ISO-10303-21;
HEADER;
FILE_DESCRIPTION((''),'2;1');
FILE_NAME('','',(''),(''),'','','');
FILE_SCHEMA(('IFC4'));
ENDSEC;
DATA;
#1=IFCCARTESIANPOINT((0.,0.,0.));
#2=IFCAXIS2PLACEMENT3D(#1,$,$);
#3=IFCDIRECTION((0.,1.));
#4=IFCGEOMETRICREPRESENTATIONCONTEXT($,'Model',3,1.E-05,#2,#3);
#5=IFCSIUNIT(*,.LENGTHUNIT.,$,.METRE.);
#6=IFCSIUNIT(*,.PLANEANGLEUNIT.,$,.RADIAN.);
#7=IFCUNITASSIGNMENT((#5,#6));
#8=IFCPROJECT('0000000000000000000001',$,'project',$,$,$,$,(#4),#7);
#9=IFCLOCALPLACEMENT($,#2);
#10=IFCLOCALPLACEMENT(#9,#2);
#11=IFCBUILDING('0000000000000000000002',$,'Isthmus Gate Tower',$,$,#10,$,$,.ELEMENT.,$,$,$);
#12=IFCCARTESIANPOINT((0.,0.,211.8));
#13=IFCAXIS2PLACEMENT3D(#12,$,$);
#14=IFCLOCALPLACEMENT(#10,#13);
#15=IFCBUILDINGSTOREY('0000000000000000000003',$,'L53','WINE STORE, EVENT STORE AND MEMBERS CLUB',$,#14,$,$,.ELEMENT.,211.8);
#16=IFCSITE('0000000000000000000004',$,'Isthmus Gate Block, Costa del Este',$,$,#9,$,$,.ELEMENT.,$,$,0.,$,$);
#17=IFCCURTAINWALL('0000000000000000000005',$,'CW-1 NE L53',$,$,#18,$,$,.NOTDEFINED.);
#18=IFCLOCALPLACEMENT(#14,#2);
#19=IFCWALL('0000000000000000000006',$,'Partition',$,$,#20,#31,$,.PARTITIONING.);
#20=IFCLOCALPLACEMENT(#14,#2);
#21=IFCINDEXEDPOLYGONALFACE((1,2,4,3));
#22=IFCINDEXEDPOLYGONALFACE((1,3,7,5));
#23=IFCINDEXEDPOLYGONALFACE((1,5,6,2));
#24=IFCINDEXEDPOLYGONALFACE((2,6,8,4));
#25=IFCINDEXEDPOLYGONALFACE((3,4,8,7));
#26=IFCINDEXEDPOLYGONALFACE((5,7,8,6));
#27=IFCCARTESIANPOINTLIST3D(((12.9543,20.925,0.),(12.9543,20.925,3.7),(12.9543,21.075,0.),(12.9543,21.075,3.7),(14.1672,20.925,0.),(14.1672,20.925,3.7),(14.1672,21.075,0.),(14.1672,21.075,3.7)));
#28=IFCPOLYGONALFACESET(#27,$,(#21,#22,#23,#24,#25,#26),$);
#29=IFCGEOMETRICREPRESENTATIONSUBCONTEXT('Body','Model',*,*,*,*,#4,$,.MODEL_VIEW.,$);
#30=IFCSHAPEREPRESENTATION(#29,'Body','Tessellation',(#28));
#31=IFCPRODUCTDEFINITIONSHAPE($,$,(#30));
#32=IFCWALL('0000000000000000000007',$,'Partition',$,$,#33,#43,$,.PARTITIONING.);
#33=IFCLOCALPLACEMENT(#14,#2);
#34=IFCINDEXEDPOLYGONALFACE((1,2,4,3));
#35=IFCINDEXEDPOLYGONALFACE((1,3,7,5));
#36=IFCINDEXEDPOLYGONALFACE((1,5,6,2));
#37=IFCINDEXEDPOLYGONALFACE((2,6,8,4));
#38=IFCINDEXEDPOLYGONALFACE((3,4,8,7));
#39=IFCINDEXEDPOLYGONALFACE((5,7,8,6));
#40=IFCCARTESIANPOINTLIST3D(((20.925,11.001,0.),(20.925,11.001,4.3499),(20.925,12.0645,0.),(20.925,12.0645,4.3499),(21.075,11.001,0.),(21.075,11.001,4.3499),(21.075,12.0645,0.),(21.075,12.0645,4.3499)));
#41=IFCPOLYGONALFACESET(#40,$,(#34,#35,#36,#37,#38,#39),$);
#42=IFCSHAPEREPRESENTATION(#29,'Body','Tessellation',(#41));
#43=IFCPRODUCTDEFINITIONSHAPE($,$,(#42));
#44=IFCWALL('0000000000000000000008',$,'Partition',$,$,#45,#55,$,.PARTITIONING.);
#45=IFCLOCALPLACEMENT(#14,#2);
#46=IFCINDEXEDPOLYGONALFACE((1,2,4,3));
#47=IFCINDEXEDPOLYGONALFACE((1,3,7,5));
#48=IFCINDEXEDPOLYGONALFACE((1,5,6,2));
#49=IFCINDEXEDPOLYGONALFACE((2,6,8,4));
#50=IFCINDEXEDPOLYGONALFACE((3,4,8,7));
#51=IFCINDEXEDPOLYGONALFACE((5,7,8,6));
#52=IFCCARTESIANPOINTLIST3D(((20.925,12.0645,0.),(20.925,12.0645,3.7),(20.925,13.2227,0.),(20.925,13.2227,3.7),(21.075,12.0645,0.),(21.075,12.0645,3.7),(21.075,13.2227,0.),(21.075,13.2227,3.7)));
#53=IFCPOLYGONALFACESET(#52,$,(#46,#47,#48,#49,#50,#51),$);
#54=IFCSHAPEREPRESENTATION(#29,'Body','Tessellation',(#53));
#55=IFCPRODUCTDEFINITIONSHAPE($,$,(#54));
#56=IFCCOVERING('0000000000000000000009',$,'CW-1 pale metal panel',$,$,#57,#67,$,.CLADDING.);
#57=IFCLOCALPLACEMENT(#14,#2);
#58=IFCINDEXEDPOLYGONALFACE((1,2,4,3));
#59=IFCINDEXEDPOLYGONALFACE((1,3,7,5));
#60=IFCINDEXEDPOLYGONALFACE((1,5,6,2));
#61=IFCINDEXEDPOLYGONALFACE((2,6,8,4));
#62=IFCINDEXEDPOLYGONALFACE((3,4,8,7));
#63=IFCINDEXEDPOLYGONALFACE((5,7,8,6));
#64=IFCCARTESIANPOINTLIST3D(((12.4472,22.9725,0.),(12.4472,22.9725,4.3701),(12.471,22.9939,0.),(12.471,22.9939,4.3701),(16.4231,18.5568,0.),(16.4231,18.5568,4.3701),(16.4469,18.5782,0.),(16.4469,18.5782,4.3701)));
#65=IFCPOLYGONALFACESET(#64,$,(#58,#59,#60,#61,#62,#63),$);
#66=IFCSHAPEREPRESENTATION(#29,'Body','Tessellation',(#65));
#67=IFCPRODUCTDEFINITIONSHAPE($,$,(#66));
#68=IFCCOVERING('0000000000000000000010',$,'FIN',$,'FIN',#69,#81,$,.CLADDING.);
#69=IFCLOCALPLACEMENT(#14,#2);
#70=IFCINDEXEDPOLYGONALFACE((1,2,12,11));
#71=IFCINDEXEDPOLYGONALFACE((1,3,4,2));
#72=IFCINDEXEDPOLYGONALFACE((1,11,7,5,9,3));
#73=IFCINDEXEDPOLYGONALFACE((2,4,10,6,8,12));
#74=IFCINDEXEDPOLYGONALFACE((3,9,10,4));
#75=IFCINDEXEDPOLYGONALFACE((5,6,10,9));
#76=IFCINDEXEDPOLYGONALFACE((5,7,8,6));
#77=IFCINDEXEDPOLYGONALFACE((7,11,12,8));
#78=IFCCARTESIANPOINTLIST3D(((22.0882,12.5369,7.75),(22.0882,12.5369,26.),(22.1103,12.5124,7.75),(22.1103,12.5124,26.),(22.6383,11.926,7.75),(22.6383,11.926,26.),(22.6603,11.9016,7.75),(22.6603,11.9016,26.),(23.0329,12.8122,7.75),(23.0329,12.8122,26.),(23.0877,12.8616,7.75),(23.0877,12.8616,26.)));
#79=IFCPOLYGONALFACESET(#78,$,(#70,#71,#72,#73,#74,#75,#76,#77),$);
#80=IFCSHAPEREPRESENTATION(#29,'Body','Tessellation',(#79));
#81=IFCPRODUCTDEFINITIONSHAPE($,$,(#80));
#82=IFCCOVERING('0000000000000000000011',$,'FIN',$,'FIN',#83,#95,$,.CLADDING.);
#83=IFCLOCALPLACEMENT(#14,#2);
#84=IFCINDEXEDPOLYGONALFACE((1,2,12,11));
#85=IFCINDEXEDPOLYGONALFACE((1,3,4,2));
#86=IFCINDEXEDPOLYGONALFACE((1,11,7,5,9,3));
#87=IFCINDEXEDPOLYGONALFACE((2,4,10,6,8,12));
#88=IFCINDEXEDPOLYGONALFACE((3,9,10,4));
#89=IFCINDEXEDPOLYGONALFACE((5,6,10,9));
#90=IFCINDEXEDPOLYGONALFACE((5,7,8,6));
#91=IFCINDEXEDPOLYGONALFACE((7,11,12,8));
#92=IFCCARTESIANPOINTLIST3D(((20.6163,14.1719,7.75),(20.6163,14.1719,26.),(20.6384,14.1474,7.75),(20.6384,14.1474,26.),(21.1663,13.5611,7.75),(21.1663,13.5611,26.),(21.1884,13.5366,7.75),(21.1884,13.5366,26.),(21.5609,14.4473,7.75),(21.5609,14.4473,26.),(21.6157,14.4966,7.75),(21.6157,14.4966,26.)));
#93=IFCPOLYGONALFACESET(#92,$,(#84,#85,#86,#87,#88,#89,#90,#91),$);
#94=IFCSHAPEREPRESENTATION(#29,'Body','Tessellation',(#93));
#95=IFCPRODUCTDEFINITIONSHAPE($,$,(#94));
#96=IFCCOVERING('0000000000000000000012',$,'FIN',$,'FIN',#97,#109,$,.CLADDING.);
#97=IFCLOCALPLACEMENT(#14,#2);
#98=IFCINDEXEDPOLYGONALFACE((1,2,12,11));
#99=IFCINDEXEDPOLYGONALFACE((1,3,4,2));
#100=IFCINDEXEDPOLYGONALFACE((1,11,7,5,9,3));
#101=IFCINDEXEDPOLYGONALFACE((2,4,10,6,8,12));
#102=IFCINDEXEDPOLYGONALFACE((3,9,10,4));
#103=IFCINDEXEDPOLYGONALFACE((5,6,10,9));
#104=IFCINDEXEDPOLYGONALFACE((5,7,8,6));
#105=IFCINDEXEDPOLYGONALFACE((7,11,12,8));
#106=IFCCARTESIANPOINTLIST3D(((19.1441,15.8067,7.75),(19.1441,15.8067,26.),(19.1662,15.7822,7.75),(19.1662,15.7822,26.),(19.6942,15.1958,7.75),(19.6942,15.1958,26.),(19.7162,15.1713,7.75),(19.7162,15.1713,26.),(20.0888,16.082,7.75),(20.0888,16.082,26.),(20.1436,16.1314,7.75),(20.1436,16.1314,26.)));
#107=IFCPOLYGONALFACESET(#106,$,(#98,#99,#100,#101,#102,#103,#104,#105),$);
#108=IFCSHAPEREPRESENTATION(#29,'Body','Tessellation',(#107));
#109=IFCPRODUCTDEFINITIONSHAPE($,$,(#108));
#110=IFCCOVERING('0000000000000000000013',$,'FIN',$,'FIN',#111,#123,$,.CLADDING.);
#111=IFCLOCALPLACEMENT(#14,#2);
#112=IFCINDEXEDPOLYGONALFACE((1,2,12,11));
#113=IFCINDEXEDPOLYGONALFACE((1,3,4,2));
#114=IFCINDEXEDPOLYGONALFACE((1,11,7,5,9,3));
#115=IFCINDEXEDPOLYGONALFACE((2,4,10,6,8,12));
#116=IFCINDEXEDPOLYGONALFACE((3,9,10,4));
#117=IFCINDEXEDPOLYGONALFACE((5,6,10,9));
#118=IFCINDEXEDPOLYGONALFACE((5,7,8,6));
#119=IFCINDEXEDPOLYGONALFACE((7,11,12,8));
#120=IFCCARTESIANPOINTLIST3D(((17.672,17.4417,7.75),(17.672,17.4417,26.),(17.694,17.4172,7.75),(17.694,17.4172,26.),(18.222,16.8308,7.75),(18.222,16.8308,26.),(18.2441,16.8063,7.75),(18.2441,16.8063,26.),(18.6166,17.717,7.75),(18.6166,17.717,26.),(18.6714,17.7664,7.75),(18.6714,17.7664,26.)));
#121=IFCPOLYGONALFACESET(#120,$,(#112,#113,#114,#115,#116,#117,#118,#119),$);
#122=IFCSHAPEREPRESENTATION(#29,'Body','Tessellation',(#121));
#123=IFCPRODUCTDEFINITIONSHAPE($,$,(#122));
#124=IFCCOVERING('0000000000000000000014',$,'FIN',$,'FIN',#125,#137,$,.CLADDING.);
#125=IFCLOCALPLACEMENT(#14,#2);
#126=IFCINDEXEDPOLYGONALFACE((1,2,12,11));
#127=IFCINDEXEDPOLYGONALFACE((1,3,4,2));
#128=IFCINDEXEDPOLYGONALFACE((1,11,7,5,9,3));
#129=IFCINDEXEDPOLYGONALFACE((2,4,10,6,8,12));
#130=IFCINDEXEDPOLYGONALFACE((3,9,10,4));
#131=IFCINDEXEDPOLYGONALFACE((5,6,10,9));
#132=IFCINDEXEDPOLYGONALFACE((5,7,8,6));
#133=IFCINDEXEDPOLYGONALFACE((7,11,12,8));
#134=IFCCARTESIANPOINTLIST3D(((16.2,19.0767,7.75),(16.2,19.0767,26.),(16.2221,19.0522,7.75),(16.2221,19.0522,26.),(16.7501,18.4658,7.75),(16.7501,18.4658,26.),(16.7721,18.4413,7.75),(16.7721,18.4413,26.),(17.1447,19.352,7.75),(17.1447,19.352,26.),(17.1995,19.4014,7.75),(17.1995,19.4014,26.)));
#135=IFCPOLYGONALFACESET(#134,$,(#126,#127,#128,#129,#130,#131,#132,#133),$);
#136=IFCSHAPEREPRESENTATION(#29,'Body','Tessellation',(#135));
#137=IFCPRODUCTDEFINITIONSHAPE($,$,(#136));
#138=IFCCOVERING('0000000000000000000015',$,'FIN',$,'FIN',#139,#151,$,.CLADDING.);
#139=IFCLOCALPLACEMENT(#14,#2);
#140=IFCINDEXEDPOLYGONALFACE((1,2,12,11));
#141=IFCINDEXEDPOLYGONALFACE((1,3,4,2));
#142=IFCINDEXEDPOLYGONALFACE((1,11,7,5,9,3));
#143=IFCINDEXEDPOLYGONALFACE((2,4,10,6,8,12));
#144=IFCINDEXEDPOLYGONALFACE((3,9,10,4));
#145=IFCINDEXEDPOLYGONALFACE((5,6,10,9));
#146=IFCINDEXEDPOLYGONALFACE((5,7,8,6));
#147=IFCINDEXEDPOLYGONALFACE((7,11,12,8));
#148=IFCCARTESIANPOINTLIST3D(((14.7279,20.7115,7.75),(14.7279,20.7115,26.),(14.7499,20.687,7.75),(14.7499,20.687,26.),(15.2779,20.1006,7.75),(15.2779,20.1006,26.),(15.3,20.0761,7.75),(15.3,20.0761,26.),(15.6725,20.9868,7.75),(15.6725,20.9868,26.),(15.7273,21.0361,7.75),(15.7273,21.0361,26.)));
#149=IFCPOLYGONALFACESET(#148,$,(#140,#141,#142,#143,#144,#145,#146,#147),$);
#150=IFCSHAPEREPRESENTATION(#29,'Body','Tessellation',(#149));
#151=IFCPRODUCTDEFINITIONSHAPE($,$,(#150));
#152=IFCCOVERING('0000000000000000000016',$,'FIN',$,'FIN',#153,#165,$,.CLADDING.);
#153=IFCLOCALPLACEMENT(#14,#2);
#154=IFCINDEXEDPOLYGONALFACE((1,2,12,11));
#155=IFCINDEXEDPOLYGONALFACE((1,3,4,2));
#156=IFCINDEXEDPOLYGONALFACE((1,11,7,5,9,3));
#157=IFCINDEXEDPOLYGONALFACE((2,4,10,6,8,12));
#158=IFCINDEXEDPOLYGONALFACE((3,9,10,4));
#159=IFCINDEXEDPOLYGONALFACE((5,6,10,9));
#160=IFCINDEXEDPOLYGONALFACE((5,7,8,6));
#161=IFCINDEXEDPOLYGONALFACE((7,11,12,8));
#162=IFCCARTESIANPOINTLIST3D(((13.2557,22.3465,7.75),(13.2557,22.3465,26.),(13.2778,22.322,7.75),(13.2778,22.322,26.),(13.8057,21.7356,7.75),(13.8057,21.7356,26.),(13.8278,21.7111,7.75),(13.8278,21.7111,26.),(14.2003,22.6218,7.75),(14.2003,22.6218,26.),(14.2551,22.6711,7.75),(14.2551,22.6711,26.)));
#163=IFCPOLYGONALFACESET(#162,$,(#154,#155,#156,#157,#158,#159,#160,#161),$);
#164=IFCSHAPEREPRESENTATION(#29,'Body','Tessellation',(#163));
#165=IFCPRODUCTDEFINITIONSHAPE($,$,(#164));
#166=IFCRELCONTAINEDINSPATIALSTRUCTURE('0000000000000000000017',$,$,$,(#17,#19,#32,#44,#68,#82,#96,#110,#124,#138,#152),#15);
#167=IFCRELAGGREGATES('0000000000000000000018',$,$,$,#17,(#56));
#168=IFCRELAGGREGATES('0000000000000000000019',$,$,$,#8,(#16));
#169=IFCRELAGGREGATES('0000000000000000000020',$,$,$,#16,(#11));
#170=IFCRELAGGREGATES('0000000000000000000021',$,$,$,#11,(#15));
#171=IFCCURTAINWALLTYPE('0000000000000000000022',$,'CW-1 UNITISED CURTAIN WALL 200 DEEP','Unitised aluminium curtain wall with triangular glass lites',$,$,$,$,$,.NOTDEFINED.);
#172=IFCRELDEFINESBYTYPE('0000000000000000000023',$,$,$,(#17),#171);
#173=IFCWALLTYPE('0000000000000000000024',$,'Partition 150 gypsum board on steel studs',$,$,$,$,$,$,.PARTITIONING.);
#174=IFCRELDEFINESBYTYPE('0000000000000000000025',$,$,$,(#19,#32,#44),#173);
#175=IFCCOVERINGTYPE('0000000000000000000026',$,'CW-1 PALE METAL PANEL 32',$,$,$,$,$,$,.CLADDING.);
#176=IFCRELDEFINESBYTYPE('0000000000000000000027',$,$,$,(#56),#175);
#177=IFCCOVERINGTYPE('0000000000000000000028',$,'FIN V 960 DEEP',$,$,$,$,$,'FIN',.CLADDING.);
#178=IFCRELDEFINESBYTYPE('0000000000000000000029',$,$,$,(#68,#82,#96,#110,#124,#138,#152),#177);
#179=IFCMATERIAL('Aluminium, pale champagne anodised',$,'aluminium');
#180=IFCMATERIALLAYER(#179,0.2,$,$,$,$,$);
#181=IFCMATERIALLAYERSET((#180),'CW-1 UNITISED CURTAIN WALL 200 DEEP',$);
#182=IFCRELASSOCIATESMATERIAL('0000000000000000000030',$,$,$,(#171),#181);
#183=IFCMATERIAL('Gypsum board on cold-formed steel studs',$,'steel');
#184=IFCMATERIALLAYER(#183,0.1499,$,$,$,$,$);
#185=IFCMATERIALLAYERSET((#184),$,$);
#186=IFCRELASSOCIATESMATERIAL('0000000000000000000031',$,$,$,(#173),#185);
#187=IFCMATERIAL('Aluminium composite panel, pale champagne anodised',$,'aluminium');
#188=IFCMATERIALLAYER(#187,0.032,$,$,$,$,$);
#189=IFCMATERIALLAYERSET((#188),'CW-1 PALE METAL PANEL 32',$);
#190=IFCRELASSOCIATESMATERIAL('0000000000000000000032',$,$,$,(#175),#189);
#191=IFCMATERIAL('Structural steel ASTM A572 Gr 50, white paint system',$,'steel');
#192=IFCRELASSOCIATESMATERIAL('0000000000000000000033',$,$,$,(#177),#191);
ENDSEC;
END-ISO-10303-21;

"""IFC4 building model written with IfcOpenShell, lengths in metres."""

from ifc_helpers import new_model, si_unit, direction, frame, frame_2d, origin, origin_2d, place, context, subcontext, project, spatial, polyline, rectangle, outline, extrude, material, layer, layer_set, material_profile, profile_set, type_object, element, aggregate, save


model = new_model("IFC4")

# Units and contexts
model_context = context("Model", 3, precision=1e-05, world=origin(), true_north=direction((0.0, 1.0)))
body_context = subcontext(model_context, "Body", "Model", "MODEL_VIEW")
ifc_project = project(units=[si_unit("LENGTHUNIT", "METRE"), si_unit("PLANEANGLEUNIT", "RADIAN")], contexts=[model_context])

# Site, building, storey
site_placement = place(None, origin())
site = spatial("IfcSite", under=ifc_project, at=site_placement, Name="Isthmus Gate Block, Costa del Este", CompositionType="ELEMENT", RefElevation=0.0)
building_placement = place(site_placement, origin())
building = spatial("IfcBuilding", under=site, at=building_placement, Name="Isthmus Gate Tower", CompositionType="ELEMENT")
storey_placement = place(building_placement, frame((0.0, 0.0, 211.8)))
storey = spatial("IfcBuildingStorey", under=building, at=storey_placement, Name="L53", Description="WINE STORE, EVENT STORE AND MEMBERS CLUB", CompositionType="ELEMENT", Elevation=211.8)

# Curtain wall
ifc_material_1 = material(Name="Aluminium, pale champagne anodised", Category="aluminium")
ifc_layer_1 = layer(ifc_material_1, 0.2)
ifc_layer_set_1 = layer_set([ifc_layer_1], Name="CW-1 UNITISED CURTAIN WALL 200 DEEP")
curtain_wall_type = type_object("IfcCurtainWallType", Name="CW-1 UNITISED CURTAIN WALL 200 DEEP", Description="Unitised aluminium curtain wall with triangular glass lites", PredefinedType="NOTDEFINED", material=ifc_layer_set_1)
curtain_wall_placement = place(storey_placement, origin())
curtain_wall = element("IfcCurtainWall", 1, at=curtain_wall_placement, inside=storey, type_object=curtain_wall_type, Name="CW-1 NE L53", PredefinedType="NOTDEFINED")

# Walls
ifc_material_2 = material(Name="Gypsum board on cold-formed steel studs", Category="steel")
ifc_layer_2 = layer(ifc_material_2, 0.1499)
ifc_layer_set_2 = layer_set([ifc_layer_2])
wall_type = type_object("IfcWallType", Name="Partition 150 gypsum board on steel studs", PredefinedType="PARTITIONING", material=ifc_layer_set_2)
wall_1_placement = place(storey_placement, frame((12.9543, 21.0, 0.0), z_axis=(0.0, 0.0, 1.0), x_axis=(1.0, 0.0, 0.0)))
element("IfcWall", 2, at=wall_1_placement, inside=storey, type_object=wall_type, Name="Partition", PredefinedType="PARTITIONING", context=body_context, shape_type="SweptSolid", body=[
    extrude(rectangle(XDim=1.2129, YDim=0.1499, at=frame_2d((0.6064, 0.0))), origin(), (0.0, 0.0, 1.0), 3.7),
])
wall_2_placement = place(storey_placement, frame((21.0, 11.001, 0.0), z_axis=(0.0, 0.0, 1.0), x_axis=(0.0, 1.0, 0.0)))
element("IfcWall", 3, at=wall_2_placement, inside=storey, type_object=wall_type, Name="Partition", PredefinedType="PARTITIONING", context=body_context, shape_type="SweptSolid", body=[
    extrude(rectangle(XDim=1.0635, YDim=0.1499, at=frame_2d((0.5317, 0.0))), origin(), (0.0, 0.0, 1.0), 4.3499),
])
wall_3_placement = place(storey_placement, frame((21.0, 12.0645, 0.0), z_axis=(0.0, 0.0, 1.0), x_axis=(0.0, 1.0, 0.0)))
element("IfcWall", 4, at=wall_3_placement, inside=storey, type_object=wall_type, Name="Partition", PredefinedType="PARTITIONING", context=body_context, shape_type="SweptSolid", body=[
    extrude(rectangle(XDim=1.1582, YDim=0.1499, at=frame_2d((0.5791, 0.0))), origin(), (0.0, 0.0, 1.0), 3.7),
])

# Covering
ifc_material_3 = material(Name="Aluminium composite panel, pale champagne anodised", Category="aluminium")
ifc_layer_3 = layer(ifc_material_3, 0.032)
ifc_layer_set_3 = layer_set([ifc_layer_3], Name="CW-1 PALE METAL PANEL 32")
covering_type_1 = type_object("IfcCoveringType", Name="CW-1 PALE METAL PANEL 32", PredefinedType="CLADDING", material=ifc_layer_set_3)
covering_placement = place(storey_placement, frame((14.447, 20.7754, 0.0), z_axis=(0.0, 0.0, 1.0), x_axis=(-0.669131, 0.743145, 0.0)))
covering = element("IfcCovering", 5, at=covering_placement, type_object=covering_type_1, Name="CW-1 pale metal panel", PredefinedType="CLADDING", context=body_context, shape_type="SweptSolid", body=[
    extrude(rectangle(XDim=5.9419, YDim=0.032, at=origin_2d()), origin(), (0.0, 0.0, 1.0), 4.3701),
])
aggregate(curtain_wall, [covering])

# Coverings
ifc_material_4 = material(Name="Structural steel ASTM A572 Gr 50, white paint system", Category="steel")
ifc_material_profile_1 = material_profile(ifc_material_4, outline(polyline([(0.0, -0.4275), (0.96, 0.0), (0.0, 0.4275), (0.0, 0.3945), (0.8862, 0.0), (0.0, -0.3945), (0.0, -0.4275)])), Name="V960")
ifc_profile_set_1 = profile_set([ifc_material_profile_1], Name="Structural steel ASTM A572 Gr 50, white paint system")
covering_type_2 = type_object("IfcCoveringType", Name="FIN V 960 DEEP", ElementType="FIN", PredefinedType="CLADDING", material=ifc_profile_set_1)
for number, where, z_axis, x_axis, name in (
    (6, (22.3743, 12.2192, 7.75), (0.0, 0.0, 1.0), (0.743145, 0.669131, 0.0), "FIN"),
    (7, (20.9023, 13.8542, 7.75), (0.0, 0.0, 1.0), (0.743145, 0.669131, 0.0), "FIN"),
    (8, (19.4302, 15.489, 7.75), (0.0, 0.0, 1.0), (0.743145, 0.669131, 0.0), "FIN"),
    (9, (17.958, 17.124, 7.75), (0.0, 0.0, 1.0), (0.743145, 0.669131, 0.0), "FIN"),
    (10, (16.4861, 18.759, 7.75), (0.0, 0.0, 1.0), (0.743145, 0.669131, 0.0), "FIN"),
    (11, (15.0139, 20.3938, 7.75), (0.0, 0.0, 1.0), (0.743145, 0.669131, 0.0), "FIN"),
    (12, (13.5417, 22.0288, 7.75), (0.0, 0.0, 1.0), (0.743145, 0.669131, 0.0), "FIN"),
):
    element("IfcCovering", number, at=place(storey_placement, frame(where, z_axis=z_axis, x_axis=x_axis)), inside=storey, type_object=covering_type_2, Name=name, ObjectType="FIN", PredefinedType="CLADDING", context=body_context, shape_type="SweptSolid", body=[
        extrude(outline(polyline([(0.0, -0.4275), (0.96, 0.0), (0.0, 0.4275), (0.0, 0.3945), (0.8862, 0.0), (0.0, -0.3945), (0.0, -0.4275)])), origin(), (0.0, 0.0, 1.0), 18.25),
    ])

save(model, "model.ifc")
